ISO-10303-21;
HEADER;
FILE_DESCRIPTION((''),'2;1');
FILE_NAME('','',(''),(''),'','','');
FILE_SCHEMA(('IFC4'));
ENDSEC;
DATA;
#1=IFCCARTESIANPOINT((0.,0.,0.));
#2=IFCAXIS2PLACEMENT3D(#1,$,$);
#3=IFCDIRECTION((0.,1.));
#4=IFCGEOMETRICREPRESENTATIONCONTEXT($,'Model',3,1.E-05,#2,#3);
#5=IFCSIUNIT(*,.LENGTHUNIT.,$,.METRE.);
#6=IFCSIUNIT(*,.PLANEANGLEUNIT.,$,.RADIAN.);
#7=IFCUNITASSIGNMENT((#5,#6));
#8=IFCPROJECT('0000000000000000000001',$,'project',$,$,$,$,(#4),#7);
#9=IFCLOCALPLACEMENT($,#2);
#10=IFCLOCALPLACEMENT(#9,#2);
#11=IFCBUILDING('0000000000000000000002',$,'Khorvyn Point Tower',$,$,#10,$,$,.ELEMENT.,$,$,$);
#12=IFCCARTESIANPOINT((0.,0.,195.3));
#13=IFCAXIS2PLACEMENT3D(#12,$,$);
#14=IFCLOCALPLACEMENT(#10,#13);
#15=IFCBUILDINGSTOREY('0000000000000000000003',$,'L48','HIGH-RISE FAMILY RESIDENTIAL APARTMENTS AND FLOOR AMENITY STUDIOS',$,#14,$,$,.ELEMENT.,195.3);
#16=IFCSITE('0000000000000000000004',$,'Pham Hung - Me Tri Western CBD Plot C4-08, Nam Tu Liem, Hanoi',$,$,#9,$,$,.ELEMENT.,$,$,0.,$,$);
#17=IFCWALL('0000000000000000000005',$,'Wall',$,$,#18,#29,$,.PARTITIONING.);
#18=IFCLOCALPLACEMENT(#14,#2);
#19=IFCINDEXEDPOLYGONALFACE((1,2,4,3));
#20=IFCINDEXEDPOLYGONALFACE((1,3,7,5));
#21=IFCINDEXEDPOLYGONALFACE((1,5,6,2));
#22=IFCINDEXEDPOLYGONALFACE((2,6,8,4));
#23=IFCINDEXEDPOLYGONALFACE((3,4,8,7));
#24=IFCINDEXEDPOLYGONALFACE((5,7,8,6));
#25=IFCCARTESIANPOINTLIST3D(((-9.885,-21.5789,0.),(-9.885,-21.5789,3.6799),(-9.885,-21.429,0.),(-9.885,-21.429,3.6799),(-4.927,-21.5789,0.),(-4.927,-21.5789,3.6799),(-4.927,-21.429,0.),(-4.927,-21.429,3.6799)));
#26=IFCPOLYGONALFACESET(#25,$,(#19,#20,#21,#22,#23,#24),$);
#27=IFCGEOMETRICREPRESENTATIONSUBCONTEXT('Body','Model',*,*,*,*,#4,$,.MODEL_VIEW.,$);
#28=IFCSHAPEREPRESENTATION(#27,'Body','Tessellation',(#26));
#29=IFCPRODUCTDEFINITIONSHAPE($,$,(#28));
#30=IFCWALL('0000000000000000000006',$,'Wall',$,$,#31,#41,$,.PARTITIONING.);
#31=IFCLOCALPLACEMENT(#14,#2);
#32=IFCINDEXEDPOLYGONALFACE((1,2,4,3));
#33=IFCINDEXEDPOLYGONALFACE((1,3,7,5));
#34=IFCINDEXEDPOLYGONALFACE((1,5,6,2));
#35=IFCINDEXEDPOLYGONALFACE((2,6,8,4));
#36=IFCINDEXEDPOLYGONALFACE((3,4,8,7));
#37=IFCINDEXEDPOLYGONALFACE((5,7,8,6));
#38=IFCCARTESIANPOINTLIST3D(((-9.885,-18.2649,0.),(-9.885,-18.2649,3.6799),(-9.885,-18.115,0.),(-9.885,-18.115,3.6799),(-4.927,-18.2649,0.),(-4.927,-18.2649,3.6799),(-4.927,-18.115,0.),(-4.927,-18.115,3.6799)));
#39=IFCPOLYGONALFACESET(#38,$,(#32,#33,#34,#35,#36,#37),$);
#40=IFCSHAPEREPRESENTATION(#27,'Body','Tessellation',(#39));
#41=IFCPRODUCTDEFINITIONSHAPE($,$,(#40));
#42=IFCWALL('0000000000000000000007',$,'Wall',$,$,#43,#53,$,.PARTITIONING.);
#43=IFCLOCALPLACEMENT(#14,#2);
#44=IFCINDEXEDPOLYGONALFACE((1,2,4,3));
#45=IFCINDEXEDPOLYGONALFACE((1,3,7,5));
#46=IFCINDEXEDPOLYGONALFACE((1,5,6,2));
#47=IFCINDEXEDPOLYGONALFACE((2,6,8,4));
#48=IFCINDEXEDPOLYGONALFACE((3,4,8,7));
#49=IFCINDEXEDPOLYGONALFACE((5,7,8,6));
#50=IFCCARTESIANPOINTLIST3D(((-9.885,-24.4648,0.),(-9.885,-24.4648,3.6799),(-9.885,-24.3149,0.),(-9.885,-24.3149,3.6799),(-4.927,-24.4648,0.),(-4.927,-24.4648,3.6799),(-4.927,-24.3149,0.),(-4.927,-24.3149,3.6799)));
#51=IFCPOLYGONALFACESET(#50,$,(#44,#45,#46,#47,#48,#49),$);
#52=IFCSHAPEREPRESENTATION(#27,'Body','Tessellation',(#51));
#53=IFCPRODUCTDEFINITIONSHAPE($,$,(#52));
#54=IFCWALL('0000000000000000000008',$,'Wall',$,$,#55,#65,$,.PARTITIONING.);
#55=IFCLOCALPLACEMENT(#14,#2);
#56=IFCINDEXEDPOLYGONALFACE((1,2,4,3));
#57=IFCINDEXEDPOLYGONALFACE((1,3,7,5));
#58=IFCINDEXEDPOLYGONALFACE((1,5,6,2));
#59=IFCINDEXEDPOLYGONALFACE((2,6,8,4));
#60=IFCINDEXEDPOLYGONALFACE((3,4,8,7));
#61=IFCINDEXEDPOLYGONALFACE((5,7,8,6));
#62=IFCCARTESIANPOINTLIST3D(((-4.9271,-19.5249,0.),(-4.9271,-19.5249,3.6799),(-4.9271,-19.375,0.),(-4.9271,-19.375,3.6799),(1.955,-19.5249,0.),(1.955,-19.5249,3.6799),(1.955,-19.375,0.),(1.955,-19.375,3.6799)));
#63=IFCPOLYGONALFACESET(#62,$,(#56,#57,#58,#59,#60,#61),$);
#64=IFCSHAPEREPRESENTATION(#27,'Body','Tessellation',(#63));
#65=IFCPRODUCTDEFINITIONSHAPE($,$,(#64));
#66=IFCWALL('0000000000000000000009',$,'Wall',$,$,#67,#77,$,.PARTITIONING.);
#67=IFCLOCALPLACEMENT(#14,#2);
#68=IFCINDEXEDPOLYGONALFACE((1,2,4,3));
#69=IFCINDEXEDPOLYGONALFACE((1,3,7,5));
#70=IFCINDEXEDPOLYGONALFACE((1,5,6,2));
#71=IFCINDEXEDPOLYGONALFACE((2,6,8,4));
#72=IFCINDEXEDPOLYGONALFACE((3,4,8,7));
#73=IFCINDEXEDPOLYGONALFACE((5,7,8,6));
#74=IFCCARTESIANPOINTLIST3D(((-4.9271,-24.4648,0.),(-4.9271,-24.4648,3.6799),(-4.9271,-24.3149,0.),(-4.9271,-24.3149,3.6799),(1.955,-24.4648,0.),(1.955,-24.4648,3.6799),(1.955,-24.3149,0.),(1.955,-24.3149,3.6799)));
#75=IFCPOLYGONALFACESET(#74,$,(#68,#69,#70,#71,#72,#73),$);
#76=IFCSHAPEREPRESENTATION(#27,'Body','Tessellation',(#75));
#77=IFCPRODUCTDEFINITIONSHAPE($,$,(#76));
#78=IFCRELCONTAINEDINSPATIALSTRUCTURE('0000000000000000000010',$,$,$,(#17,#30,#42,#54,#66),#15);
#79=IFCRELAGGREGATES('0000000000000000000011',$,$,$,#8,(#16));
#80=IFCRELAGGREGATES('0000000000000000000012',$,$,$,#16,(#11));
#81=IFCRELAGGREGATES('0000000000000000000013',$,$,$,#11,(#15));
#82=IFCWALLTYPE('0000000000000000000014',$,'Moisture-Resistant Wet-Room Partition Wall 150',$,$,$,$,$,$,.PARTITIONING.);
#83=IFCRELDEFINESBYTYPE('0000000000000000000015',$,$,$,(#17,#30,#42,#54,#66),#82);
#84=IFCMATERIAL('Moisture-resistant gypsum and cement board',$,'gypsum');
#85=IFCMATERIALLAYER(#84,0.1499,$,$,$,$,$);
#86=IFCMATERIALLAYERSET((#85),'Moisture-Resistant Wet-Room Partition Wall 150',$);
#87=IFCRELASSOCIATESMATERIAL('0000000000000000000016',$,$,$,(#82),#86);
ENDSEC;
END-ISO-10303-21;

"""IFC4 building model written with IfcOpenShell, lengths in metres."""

from ifc_helpers import new_model, si_unit, direction, frame, frame_2d, origin, place, context, subcontext, project, spatial, rectangle, extrude, material, layer, layer_set, type_object, element, save


model = new_model("IFC4")

# Units and contexts
model_context = context("Model", 3, precision=1e-05, world=origin(), true_north=direction((0.0, 1.0)))
body_context = subcontext(model_context, "Body", "Model", "MODEL_VIEW")
ifc_project = project(units=[si_unit("LENGTHUNIT", "METRE"), si_unit("PLANEANGLEUNIT", "RADIAN")], contexts=[model_context])

# Site, building, storey
site_placement = place(None, origin())
site = spatial("IfcSite", under=ifc_project, at=site_placement, Name="Pham Hung - Me Tri Western CBD Plot C4-08, Nam Tu Liem, Hanoi", CompositionType="ELEMENT", RefElevation=0.0)
building_placement = place(site_placement, origin())
building = spatial("IfcBuilding", under=site, at=building_placement, Name="Khorvyn Point Tower", CompositionType="ELEMENT")
storey_placement = place(building_placement, frame((0.0, 0.0, 195.3)))
storey = spatial("IfcBuildingStorey", under=building, at=storey_placement, Name="L48", Description="HIGH-RISE FAMILY RESIDENTIAL APARTMENTS AND FLOOR AMENITY STUDIOS", CompositionType="ELEMENT", Elevation=195.3)

# Shared definitions
ifc_material_1 = material(Name="Moisture-resistant gypsum and cement board", Category="gypsum")
ifc_layer_1 = layer(ifc_material_1, 0.1499)
ifc_layer_set_1 = layer_set([ifc_layer_1], Name="Moisture-Resistant Wet-Room Partition Wall 150")
wall_type_1 = type_object("IfcWallType", Name="Moisture-Resistant Wet-Room Partition Wall 150", PredefinedType="PARTITIONING", material=ifc_layer_set_1)

# Walls
for number, where, z_axis, x_axis, name in (
    (1, (-9.885, -21.5039, 0.0), (0.0, 0.0, 1.0), (1.0, 0.0, 0.0), "Wall"),
    (2, (-9.885, -18.1899, 0.0), (0.0, 0.0, 1.0), (1.0, 0.0, 0.0), "Wall"),
    (3, (-9.885, -24.3899, 0.0), (0.0, 0.0, 1.0), (1.0, 0.0, 0.0), "Wall"),
):
    element("IfcWall", number, at=place(storey_placement, frame(where, z_axis=z_axis, x_axis=x_axis)), inside=storey, type_object=wall_type_1, Name=name, PredefinedType="PARTITIONING", context=body_context, shape_type="SweptSolid", body=[
        extrude(rectangle(XDim=4.958, YDim=0.1499, at=frame_2d((2.479, 0.0))), origin(), (0.0, 0.0, 1.0), 3.6799),
    ])
for number, where, z_axis, x_axis, name in (
    (4, (-4.927, -19.45, 0.0), (0.0, 0.0, 1.0), (1.0, 0.0, 0.0), "Wall"),
    (5, (-4.927, -24.3899, 0.0), (0.0, 0.0, 1.0), (1.0, 0.0, 0.0), "Wall"),
):
    element("IfcWall", number, at=place(storey_placement, frame(where, z_axis=z_axis, x_axis=x_axis)), inside=storey, type_object=wall_type_1, Name=name, PredefinedType="PARTITIONING", context=body_context, shape_type="SweptSolid", body=[
        extrude(rectangle(XDim=6.8821, YDim=0.1499, at=frame_2d((3.4409, 0.0))), origin(), (0.0, 0.0, 1.0), 3.6799),
    ])

save(model, "model.ifc")
